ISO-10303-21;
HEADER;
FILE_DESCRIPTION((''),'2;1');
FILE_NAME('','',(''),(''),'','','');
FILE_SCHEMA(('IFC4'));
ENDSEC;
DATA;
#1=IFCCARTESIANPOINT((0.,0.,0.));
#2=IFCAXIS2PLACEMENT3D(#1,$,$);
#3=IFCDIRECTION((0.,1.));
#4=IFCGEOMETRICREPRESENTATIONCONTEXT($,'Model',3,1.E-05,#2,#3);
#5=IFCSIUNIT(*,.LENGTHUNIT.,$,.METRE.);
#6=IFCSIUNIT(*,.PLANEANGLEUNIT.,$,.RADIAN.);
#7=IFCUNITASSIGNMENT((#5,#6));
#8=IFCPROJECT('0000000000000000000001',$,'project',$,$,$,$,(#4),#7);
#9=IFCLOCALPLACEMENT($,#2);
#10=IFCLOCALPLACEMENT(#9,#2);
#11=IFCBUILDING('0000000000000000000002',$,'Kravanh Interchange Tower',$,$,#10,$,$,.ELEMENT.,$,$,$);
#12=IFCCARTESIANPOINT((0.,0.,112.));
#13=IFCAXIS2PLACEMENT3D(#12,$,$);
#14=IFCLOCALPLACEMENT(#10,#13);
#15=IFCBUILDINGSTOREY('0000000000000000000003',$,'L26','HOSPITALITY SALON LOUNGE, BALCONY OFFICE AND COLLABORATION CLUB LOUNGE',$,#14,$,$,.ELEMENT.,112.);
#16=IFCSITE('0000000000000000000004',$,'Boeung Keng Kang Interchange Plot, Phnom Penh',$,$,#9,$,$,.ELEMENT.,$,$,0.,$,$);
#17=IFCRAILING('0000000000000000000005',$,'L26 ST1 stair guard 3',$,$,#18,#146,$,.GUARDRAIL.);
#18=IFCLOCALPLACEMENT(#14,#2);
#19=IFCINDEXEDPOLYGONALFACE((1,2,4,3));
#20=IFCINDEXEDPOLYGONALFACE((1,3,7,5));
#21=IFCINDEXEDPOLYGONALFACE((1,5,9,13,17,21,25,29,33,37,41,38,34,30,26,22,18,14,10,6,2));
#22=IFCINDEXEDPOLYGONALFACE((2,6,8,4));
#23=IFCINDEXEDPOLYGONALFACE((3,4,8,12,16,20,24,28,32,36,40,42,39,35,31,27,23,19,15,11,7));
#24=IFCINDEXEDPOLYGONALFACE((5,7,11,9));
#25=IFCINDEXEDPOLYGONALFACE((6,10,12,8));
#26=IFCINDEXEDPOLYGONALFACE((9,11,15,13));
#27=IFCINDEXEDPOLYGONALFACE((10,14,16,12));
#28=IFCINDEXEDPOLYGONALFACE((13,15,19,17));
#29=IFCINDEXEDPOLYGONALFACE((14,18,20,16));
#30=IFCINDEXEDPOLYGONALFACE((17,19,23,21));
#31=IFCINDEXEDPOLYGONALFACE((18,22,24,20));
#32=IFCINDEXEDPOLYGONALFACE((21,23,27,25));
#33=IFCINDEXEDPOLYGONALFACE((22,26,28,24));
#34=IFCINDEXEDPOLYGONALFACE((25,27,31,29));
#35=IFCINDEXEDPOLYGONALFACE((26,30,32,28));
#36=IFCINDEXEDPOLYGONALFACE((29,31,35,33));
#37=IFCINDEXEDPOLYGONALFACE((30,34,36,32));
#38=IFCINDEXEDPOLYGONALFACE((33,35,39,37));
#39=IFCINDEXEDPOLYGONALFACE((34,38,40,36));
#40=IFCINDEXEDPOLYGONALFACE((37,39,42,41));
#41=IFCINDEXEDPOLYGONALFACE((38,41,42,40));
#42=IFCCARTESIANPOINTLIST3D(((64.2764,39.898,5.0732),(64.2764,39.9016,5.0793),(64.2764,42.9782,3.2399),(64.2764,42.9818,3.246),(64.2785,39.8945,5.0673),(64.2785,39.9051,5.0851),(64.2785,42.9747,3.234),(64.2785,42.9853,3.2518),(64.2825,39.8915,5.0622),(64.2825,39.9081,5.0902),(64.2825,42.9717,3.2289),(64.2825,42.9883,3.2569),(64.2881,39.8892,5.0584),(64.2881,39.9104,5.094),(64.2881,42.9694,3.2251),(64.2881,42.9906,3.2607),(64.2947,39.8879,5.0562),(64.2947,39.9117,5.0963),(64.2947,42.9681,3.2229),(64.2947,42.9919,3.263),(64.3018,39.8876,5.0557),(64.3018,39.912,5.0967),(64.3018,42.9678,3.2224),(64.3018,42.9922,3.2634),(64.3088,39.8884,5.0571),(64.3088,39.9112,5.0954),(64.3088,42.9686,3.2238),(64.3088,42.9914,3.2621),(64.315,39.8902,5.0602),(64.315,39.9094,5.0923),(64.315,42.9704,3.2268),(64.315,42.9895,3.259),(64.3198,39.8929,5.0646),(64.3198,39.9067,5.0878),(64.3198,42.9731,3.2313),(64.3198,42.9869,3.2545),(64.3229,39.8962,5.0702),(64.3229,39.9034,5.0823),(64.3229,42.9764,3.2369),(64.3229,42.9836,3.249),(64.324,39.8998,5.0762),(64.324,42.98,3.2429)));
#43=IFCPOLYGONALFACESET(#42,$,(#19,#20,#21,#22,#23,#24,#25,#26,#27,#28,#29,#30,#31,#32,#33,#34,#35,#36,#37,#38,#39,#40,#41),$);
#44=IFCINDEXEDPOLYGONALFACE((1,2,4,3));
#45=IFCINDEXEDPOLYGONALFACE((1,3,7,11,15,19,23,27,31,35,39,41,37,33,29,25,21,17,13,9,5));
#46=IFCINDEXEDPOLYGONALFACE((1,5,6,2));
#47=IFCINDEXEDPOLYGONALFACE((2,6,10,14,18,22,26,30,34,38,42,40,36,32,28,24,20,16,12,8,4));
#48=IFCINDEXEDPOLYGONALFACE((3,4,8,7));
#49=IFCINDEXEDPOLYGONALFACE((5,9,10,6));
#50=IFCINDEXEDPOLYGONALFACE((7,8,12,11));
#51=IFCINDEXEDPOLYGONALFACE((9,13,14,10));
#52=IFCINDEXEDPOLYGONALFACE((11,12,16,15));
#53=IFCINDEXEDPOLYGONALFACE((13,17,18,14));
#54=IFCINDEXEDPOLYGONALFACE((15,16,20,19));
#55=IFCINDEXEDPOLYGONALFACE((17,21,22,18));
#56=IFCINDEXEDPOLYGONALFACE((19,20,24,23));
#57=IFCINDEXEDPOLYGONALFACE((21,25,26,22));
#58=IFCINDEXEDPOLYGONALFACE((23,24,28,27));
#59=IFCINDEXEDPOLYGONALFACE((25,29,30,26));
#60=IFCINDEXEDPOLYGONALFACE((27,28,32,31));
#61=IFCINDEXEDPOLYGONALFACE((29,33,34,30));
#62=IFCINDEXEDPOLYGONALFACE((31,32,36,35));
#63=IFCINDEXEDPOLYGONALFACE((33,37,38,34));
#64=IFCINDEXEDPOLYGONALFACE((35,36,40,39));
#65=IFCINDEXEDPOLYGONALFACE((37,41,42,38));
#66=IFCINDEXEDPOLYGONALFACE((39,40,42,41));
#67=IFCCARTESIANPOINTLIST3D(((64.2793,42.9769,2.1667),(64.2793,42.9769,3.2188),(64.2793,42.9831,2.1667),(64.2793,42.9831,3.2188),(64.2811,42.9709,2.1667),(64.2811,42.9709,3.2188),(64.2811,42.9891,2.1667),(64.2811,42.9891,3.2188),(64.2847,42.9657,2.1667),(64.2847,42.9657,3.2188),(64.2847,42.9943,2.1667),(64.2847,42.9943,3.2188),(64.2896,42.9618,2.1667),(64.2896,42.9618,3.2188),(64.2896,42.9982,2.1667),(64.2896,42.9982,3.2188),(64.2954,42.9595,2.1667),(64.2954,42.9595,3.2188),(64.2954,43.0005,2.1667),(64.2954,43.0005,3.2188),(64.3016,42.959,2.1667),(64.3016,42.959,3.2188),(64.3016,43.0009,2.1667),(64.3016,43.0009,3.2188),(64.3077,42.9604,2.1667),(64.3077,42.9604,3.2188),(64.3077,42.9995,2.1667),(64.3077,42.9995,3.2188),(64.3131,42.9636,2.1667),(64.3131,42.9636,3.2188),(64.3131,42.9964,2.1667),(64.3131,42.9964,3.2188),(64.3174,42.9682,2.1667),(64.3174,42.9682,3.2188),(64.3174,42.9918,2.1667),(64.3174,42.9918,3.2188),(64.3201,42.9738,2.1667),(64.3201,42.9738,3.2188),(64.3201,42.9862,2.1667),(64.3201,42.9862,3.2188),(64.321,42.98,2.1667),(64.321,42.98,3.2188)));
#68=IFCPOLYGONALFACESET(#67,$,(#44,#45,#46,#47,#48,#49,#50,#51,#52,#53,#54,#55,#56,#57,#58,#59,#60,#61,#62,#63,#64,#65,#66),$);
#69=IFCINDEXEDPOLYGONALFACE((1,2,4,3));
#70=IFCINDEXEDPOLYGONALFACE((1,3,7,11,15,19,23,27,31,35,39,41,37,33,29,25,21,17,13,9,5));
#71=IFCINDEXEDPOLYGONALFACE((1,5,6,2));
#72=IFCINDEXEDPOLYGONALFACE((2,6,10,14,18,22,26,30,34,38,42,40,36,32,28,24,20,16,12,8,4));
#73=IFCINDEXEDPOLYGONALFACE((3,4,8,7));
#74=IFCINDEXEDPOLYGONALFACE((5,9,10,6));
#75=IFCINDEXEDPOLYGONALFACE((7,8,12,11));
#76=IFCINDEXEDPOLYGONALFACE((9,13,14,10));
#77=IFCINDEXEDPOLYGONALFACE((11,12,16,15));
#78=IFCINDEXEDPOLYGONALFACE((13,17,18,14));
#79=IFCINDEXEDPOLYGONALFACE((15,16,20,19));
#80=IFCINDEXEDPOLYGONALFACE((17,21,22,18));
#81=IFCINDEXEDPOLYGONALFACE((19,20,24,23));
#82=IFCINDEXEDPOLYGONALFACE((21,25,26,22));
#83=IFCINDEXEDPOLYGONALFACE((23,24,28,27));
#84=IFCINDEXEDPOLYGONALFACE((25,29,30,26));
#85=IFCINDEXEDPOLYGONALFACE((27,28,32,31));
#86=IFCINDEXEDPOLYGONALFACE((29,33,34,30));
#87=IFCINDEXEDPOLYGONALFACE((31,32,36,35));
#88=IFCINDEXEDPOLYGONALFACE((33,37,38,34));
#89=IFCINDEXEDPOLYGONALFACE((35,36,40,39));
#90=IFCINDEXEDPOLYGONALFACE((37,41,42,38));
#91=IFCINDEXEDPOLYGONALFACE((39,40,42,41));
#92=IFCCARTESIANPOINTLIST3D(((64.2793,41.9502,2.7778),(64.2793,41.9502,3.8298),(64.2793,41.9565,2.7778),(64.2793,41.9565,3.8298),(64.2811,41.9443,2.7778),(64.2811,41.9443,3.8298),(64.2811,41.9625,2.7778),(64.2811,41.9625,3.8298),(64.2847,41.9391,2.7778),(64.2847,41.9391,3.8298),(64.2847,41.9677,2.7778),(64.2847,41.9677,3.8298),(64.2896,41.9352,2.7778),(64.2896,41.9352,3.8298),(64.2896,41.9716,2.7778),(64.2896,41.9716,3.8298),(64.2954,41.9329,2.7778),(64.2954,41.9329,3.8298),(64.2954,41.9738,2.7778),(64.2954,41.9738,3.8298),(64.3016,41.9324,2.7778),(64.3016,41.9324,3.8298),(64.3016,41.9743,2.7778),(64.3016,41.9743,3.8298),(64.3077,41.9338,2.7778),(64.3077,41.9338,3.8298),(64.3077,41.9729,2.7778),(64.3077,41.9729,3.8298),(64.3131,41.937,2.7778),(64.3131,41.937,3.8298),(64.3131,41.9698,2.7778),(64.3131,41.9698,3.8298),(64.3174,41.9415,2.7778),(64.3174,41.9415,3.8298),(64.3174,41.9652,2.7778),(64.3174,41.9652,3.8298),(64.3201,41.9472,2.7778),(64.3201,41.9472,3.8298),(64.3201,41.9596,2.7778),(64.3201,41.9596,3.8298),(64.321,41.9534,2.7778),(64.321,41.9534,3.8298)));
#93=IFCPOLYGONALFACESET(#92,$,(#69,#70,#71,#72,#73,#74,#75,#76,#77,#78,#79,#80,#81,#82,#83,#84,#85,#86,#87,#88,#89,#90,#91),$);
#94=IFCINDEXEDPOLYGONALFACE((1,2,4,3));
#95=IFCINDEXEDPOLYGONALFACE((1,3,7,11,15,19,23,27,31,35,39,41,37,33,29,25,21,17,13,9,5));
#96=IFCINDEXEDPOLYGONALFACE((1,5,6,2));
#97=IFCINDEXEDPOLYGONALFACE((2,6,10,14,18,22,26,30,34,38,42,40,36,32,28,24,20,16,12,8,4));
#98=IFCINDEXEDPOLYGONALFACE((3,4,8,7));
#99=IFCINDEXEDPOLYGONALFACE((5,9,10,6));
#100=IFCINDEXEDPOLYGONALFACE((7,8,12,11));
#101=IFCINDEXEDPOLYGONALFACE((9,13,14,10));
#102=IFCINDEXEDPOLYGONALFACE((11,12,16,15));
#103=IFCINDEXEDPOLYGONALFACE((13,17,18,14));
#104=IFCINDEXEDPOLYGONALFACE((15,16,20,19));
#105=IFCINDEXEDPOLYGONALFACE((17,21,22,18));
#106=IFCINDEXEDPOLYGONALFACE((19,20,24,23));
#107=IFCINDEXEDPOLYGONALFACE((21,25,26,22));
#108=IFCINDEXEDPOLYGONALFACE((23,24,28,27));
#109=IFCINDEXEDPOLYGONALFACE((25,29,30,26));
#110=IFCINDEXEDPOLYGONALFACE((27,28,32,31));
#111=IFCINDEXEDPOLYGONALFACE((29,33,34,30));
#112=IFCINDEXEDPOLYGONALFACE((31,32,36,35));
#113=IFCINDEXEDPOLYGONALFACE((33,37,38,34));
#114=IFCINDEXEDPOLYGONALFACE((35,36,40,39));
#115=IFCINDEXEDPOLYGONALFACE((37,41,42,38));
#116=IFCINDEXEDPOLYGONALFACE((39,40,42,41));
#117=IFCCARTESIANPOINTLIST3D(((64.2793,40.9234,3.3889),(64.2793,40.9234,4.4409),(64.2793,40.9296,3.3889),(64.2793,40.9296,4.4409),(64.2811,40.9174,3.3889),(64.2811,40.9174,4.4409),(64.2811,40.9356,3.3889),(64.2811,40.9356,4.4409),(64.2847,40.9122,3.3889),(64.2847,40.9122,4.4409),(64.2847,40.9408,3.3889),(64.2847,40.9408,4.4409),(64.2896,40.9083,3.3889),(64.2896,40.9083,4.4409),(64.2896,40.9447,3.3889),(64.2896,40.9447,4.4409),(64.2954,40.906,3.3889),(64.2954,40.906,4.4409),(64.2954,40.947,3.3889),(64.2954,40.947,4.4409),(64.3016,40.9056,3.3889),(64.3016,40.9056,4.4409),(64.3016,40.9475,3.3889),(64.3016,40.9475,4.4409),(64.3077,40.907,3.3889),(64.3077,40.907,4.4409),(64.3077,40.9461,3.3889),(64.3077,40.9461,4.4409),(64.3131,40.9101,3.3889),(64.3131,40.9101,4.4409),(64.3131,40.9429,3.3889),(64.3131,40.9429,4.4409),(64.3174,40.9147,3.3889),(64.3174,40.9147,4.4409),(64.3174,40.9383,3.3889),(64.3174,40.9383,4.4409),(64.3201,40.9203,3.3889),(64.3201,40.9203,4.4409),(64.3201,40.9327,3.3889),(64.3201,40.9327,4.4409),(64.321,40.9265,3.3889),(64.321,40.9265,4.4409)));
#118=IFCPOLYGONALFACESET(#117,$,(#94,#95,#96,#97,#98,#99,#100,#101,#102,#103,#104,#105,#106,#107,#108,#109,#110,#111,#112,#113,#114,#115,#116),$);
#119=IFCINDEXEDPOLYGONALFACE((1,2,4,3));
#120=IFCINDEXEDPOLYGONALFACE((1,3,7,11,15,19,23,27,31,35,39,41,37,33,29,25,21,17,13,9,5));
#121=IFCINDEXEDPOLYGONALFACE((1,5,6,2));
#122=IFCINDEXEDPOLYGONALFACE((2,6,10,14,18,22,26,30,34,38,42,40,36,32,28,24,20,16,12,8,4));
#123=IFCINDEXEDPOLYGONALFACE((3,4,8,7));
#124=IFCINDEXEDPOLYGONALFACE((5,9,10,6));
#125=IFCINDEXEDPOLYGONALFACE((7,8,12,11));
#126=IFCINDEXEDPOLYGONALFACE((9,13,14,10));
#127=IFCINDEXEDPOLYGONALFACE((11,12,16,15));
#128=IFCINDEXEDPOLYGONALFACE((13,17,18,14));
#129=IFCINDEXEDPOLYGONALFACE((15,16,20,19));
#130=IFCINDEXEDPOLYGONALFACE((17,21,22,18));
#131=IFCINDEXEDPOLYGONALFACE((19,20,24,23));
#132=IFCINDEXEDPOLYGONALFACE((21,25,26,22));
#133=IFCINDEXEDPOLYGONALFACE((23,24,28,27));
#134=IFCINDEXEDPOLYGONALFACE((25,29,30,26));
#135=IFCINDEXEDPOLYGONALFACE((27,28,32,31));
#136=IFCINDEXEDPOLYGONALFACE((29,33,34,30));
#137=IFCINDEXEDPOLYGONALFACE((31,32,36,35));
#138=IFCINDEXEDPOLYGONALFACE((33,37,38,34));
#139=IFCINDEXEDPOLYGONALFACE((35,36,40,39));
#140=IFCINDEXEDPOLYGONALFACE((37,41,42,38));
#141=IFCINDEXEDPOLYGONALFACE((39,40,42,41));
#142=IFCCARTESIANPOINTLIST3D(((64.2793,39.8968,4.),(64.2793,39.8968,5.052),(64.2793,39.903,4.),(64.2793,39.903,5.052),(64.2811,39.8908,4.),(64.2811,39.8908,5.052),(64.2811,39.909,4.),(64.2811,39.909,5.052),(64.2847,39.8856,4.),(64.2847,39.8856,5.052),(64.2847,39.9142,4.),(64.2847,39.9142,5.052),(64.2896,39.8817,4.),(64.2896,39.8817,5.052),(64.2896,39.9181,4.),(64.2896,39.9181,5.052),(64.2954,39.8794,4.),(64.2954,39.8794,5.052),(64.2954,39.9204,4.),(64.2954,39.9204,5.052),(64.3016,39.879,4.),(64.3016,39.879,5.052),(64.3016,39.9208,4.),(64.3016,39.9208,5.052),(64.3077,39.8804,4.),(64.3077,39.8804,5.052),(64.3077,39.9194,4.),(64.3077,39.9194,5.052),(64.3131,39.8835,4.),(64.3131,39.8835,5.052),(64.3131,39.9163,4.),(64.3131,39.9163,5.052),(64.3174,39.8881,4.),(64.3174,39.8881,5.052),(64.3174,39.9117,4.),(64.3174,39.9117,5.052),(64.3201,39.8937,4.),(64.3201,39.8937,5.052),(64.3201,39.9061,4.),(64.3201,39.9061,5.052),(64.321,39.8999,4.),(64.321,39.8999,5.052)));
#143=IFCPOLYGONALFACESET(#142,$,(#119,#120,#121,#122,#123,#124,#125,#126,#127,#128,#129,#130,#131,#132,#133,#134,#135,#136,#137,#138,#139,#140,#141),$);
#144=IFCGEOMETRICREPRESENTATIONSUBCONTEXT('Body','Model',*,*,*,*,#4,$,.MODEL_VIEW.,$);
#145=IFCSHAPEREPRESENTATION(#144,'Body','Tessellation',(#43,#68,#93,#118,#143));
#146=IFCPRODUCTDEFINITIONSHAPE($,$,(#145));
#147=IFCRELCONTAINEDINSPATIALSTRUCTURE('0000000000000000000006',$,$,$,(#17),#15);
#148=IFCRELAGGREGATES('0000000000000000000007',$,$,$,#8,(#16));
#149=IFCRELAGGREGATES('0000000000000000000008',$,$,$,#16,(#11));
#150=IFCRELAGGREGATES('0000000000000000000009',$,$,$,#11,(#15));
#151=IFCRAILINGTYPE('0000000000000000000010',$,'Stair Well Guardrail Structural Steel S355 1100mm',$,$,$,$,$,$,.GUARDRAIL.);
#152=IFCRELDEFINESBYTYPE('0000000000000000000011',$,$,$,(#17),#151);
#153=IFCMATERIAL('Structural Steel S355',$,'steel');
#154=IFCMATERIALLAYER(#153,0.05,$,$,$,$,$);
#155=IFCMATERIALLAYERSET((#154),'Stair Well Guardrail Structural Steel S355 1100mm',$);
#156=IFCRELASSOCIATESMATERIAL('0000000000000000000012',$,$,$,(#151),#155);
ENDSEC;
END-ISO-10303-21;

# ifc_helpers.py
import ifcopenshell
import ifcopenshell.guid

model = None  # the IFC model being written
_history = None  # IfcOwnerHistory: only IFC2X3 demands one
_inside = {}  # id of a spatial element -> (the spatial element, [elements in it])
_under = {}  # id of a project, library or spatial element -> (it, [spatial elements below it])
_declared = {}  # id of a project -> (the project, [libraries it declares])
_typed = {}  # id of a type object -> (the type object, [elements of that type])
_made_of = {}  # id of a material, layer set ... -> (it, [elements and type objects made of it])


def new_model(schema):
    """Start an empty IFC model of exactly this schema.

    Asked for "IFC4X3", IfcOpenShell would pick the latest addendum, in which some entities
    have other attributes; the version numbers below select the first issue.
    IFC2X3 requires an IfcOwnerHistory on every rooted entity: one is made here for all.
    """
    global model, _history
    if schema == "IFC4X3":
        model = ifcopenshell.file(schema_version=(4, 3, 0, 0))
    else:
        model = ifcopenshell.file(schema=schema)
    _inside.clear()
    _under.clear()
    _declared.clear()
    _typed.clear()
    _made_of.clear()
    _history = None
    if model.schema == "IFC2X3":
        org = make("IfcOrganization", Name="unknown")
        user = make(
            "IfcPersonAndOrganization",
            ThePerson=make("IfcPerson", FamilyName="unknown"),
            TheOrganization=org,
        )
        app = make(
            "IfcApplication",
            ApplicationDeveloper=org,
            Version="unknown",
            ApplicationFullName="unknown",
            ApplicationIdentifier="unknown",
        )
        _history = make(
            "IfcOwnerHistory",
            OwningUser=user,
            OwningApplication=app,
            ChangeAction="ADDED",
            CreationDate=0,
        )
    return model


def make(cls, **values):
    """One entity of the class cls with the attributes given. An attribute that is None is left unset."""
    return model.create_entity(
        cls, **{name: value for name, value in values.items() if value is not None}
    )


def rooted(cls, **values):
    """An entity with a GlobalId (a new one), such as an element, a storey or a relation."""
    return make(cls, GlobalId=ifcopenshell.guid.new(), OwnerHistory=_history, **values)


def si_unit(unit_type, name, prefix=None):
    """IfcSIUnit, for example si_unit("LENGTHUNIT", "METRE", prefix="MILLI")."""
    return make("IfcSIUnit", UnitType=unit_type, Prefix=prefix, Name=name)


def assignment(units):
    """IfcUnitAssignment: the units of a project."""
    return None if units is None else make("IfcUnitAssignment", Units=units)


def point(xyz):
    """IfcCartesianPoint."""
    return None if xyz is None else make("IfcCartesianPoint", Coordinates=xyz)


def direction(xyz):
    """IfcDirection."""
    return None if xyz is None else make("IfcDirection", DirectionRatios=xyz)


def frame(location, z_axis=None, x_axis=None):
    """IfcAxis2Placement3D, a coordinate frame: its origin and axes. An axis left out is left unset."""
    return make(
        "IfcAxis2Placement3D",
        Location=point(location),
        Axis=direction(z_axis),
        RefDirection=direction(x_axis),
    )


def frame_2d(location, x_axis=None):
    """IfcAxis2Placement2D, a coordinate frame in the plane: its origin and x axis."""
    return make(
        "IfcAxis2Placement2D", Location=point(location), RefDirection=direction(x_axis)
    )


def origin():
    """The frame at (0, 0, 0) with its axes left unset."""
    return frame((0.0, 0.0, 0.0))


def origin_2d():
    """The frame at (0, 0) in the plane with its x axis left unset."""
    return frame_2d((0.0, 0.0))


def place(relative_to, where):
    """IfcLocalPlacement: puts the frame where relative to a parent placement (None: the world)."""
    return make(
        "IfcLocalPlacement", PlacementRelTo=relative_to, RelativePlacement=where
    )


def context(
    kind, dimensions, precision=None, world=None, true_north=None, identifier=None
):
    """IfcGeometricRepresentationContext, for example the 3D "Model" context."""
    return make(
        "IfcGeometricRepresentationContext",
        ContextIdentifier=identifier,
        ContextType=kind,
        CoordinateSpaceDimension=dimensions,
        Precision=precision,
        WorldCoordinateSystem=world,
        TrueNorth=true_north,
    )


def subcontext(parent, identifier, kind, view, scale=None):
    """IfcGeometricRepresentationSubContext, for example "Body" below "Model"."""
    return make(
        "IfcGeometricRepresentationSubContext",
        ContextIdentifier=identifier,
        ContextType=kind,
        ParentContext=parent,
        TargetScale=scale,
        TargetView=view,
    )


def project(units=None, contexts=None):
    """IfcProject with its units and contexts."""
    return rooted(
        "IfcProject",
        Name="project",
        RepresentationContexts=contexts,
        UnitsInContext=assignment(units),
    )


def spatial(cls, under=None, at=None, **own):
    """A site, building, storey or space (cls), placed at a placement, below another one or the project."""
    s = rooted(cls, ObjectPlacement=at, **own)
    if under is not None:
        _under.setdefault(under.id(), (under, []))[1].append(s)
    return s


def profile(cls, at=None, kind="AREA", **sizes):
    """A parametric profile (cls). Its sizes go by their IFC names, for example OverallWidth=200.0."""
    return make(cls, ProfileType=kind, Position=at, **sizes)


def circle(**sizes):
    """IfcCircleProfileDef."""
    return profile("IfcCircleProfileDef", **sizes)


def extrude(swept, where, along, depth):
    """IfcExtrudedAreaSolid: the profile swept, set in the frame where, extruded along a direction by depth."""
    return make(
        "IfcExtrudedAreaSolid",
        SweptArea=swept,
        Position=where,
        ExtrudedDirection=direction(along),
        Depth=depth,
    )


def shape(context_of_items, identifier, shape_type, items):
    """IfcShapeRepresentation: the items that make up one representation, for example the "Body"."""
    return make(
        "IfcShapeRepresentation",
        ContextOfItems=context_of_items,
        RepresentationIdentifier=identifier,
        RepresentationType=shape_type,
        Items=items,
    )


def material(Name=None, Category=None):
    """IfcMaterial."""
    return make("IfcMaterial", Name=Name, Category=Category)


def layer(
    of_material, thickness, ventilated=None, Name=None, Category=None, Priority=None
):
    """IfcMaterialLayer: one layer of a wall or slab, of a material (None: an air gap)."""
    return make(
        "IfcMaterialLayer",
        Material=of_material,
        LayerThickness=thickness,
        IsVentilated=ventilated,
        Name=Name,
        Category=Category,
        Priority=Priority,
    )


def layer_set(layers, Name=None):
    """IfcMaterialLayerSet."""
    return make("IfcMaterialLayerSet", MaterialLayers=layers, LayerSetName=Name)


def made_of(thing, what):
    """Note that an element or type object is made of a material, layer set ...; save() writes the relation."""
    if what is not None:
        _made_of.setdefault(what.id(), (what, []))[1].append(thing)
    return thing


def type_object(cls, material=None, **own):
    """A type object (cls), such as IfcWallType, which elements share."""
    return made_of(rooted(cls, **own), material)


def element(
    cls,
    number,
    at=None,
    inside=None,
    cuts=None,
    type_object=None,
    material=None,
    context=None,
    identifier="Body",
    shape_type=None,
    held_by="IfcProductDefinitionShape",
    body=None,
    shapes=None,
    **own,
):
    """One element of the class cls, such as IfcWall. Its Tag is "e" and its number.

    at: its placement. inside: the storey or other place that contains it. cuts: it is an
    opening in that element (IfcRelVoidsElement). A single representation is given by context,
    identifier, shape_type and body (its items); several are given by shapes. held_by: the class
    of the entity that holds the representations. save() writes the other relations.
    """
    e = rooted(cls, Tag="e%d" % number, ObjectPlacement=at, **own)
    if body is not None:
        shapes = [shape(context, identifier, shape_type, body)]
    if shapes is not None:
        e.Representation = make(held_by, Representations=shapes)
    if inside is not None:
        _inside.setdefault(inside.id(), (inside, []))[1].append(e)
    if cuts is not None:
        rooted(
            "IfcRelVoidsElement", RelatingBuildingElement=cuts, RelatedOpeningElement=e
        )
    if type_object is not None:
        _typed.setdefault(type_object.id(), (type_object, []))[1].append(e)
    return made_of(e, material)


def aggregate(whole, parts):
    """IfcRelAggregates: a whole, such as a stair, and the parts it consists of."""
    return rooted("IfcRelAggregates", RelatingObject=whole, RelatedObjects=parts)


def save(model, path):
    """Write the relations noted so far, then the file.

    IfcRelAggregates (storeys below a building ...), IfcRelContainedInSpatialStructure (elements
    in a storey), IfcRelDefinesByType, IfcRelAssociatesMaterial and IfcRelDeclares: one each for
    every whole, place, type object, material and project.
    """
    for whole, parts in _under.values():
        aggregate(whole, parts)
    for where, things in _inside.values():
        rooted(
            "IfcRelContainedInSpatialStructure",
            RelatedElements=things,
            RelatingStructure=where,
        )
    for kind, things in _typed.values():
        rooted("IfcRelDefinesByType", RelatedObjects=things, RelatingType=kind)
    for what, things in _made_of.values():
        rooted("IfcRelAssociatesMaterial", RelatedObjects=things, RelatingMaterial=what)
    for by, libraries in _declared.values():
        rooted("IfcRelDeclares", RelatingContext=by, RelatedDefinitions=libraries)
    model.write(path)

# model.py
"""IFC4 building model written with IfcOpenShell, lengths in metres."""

from ifc_helpers import new_model, si_unit, direction, frame, origin, origin_2d, place, context, subcontext, project, spatial, circle, extrude, material, layer, layer_set, type_object, element, save


model = new_model("IFC4")

# Units and contexts
model_context = context("Model", 3, precision=1e-05, world=origin(), true_north=direction((0.0, 1.0)))
body_context = subcontext(model_context, "Body", "Model", "MODEL_VIEW")
ifc_project = project(units=[si_unit("LENGTHUNIT", "METRE"), si_unit("PLANEANGLEUNIT", "RADIAN")], contexts=[model_context])

# Site, building, storey
site_placement = place(None, origin())
site = spatial("IfcSite", under=ifc_project, at=site_placement, Name="Boeung Keng Kang Interchange Plot, Phnom Penh", CompositionType="ELEMENT", RefElevation=0.0)
building_placement = place(site_placement, origin())
building = spatial("IfcBuilding", under=site, at=building_placement, Name="Kravanh Interchange Tower", CompositionType="ELEMENT")
storey_placement = place(building_placement, frame((0.0, 0.0, 112.0)))
storey = spatial("IfcBuildingStorey", under=building, at=storey_placement, Name="L26", Description="HOSPITALITY SALON LOUNGE, BALCONY OFFICE AND COLLABORATION CLUB LOUNGE", CompositionType="ELEMENT", Elevation=112.0)

# Railing
ifc_material_1 = material(Name="Structural Steel S355", Category="steel")
ifc_layer_1 = layer(ifc_material_1, 0.05)
ifc_layer_set_1 = layer_set([ifc_layer_1], Name="Stair Well Guardrail Structural Steel S355 1100mm")
railing_type_1 = type_object("IfcRailingType", Name="Stair Well Guardrail Structural Steel S355 1100mm", PredefinedType="GUARDRAIL", material=ifc_layer_set_1)
railing_1_placement = place(storey_placement, frame((64.3, 42.98, 2.1667)))
element("IfcRailing", 1, at=railing_1_placement, inside=storey, type_object=railing_type_1, Name="L26 ST1 stair guard 3", PredefinedType="GUARDRAIL", context=body_context, shape_type="SweptSolid", body=[
    extrude(circle(Radius=0.0239, at=origin_2d()), frame((0.0, 0.0, 1.0762), z_axis=(0.0, -0.859309, 0.511458), x_axis=(1.0, 0.0, 0.0)), (0.0, 0.0, 1.0), 3.5845),
    extrude(circle(Radius=0.021, at=origin_2d()), origin(), (0.0, 0.0, 1.0), 1.052),
    extrude(circle(Radius=0.021, at=origin_2d()), frame((0.0, -1.0266, 0.6111)), (0.0, 0.0, 1.0), 1.052),
    extrude(circle(Radius=0.021, at=origin_2d()), frame((0.0, -2.0535, 1.2222)), (0.0, 0.0, 1.0), 1.052),
    extrude(circle(Radius=0.021, at=origin_2d()), frame((0.0, -3.0801, 1.8333)), (0.0, 0.0, 1.0), 1.052),
])

save(model, "model.ifc")
